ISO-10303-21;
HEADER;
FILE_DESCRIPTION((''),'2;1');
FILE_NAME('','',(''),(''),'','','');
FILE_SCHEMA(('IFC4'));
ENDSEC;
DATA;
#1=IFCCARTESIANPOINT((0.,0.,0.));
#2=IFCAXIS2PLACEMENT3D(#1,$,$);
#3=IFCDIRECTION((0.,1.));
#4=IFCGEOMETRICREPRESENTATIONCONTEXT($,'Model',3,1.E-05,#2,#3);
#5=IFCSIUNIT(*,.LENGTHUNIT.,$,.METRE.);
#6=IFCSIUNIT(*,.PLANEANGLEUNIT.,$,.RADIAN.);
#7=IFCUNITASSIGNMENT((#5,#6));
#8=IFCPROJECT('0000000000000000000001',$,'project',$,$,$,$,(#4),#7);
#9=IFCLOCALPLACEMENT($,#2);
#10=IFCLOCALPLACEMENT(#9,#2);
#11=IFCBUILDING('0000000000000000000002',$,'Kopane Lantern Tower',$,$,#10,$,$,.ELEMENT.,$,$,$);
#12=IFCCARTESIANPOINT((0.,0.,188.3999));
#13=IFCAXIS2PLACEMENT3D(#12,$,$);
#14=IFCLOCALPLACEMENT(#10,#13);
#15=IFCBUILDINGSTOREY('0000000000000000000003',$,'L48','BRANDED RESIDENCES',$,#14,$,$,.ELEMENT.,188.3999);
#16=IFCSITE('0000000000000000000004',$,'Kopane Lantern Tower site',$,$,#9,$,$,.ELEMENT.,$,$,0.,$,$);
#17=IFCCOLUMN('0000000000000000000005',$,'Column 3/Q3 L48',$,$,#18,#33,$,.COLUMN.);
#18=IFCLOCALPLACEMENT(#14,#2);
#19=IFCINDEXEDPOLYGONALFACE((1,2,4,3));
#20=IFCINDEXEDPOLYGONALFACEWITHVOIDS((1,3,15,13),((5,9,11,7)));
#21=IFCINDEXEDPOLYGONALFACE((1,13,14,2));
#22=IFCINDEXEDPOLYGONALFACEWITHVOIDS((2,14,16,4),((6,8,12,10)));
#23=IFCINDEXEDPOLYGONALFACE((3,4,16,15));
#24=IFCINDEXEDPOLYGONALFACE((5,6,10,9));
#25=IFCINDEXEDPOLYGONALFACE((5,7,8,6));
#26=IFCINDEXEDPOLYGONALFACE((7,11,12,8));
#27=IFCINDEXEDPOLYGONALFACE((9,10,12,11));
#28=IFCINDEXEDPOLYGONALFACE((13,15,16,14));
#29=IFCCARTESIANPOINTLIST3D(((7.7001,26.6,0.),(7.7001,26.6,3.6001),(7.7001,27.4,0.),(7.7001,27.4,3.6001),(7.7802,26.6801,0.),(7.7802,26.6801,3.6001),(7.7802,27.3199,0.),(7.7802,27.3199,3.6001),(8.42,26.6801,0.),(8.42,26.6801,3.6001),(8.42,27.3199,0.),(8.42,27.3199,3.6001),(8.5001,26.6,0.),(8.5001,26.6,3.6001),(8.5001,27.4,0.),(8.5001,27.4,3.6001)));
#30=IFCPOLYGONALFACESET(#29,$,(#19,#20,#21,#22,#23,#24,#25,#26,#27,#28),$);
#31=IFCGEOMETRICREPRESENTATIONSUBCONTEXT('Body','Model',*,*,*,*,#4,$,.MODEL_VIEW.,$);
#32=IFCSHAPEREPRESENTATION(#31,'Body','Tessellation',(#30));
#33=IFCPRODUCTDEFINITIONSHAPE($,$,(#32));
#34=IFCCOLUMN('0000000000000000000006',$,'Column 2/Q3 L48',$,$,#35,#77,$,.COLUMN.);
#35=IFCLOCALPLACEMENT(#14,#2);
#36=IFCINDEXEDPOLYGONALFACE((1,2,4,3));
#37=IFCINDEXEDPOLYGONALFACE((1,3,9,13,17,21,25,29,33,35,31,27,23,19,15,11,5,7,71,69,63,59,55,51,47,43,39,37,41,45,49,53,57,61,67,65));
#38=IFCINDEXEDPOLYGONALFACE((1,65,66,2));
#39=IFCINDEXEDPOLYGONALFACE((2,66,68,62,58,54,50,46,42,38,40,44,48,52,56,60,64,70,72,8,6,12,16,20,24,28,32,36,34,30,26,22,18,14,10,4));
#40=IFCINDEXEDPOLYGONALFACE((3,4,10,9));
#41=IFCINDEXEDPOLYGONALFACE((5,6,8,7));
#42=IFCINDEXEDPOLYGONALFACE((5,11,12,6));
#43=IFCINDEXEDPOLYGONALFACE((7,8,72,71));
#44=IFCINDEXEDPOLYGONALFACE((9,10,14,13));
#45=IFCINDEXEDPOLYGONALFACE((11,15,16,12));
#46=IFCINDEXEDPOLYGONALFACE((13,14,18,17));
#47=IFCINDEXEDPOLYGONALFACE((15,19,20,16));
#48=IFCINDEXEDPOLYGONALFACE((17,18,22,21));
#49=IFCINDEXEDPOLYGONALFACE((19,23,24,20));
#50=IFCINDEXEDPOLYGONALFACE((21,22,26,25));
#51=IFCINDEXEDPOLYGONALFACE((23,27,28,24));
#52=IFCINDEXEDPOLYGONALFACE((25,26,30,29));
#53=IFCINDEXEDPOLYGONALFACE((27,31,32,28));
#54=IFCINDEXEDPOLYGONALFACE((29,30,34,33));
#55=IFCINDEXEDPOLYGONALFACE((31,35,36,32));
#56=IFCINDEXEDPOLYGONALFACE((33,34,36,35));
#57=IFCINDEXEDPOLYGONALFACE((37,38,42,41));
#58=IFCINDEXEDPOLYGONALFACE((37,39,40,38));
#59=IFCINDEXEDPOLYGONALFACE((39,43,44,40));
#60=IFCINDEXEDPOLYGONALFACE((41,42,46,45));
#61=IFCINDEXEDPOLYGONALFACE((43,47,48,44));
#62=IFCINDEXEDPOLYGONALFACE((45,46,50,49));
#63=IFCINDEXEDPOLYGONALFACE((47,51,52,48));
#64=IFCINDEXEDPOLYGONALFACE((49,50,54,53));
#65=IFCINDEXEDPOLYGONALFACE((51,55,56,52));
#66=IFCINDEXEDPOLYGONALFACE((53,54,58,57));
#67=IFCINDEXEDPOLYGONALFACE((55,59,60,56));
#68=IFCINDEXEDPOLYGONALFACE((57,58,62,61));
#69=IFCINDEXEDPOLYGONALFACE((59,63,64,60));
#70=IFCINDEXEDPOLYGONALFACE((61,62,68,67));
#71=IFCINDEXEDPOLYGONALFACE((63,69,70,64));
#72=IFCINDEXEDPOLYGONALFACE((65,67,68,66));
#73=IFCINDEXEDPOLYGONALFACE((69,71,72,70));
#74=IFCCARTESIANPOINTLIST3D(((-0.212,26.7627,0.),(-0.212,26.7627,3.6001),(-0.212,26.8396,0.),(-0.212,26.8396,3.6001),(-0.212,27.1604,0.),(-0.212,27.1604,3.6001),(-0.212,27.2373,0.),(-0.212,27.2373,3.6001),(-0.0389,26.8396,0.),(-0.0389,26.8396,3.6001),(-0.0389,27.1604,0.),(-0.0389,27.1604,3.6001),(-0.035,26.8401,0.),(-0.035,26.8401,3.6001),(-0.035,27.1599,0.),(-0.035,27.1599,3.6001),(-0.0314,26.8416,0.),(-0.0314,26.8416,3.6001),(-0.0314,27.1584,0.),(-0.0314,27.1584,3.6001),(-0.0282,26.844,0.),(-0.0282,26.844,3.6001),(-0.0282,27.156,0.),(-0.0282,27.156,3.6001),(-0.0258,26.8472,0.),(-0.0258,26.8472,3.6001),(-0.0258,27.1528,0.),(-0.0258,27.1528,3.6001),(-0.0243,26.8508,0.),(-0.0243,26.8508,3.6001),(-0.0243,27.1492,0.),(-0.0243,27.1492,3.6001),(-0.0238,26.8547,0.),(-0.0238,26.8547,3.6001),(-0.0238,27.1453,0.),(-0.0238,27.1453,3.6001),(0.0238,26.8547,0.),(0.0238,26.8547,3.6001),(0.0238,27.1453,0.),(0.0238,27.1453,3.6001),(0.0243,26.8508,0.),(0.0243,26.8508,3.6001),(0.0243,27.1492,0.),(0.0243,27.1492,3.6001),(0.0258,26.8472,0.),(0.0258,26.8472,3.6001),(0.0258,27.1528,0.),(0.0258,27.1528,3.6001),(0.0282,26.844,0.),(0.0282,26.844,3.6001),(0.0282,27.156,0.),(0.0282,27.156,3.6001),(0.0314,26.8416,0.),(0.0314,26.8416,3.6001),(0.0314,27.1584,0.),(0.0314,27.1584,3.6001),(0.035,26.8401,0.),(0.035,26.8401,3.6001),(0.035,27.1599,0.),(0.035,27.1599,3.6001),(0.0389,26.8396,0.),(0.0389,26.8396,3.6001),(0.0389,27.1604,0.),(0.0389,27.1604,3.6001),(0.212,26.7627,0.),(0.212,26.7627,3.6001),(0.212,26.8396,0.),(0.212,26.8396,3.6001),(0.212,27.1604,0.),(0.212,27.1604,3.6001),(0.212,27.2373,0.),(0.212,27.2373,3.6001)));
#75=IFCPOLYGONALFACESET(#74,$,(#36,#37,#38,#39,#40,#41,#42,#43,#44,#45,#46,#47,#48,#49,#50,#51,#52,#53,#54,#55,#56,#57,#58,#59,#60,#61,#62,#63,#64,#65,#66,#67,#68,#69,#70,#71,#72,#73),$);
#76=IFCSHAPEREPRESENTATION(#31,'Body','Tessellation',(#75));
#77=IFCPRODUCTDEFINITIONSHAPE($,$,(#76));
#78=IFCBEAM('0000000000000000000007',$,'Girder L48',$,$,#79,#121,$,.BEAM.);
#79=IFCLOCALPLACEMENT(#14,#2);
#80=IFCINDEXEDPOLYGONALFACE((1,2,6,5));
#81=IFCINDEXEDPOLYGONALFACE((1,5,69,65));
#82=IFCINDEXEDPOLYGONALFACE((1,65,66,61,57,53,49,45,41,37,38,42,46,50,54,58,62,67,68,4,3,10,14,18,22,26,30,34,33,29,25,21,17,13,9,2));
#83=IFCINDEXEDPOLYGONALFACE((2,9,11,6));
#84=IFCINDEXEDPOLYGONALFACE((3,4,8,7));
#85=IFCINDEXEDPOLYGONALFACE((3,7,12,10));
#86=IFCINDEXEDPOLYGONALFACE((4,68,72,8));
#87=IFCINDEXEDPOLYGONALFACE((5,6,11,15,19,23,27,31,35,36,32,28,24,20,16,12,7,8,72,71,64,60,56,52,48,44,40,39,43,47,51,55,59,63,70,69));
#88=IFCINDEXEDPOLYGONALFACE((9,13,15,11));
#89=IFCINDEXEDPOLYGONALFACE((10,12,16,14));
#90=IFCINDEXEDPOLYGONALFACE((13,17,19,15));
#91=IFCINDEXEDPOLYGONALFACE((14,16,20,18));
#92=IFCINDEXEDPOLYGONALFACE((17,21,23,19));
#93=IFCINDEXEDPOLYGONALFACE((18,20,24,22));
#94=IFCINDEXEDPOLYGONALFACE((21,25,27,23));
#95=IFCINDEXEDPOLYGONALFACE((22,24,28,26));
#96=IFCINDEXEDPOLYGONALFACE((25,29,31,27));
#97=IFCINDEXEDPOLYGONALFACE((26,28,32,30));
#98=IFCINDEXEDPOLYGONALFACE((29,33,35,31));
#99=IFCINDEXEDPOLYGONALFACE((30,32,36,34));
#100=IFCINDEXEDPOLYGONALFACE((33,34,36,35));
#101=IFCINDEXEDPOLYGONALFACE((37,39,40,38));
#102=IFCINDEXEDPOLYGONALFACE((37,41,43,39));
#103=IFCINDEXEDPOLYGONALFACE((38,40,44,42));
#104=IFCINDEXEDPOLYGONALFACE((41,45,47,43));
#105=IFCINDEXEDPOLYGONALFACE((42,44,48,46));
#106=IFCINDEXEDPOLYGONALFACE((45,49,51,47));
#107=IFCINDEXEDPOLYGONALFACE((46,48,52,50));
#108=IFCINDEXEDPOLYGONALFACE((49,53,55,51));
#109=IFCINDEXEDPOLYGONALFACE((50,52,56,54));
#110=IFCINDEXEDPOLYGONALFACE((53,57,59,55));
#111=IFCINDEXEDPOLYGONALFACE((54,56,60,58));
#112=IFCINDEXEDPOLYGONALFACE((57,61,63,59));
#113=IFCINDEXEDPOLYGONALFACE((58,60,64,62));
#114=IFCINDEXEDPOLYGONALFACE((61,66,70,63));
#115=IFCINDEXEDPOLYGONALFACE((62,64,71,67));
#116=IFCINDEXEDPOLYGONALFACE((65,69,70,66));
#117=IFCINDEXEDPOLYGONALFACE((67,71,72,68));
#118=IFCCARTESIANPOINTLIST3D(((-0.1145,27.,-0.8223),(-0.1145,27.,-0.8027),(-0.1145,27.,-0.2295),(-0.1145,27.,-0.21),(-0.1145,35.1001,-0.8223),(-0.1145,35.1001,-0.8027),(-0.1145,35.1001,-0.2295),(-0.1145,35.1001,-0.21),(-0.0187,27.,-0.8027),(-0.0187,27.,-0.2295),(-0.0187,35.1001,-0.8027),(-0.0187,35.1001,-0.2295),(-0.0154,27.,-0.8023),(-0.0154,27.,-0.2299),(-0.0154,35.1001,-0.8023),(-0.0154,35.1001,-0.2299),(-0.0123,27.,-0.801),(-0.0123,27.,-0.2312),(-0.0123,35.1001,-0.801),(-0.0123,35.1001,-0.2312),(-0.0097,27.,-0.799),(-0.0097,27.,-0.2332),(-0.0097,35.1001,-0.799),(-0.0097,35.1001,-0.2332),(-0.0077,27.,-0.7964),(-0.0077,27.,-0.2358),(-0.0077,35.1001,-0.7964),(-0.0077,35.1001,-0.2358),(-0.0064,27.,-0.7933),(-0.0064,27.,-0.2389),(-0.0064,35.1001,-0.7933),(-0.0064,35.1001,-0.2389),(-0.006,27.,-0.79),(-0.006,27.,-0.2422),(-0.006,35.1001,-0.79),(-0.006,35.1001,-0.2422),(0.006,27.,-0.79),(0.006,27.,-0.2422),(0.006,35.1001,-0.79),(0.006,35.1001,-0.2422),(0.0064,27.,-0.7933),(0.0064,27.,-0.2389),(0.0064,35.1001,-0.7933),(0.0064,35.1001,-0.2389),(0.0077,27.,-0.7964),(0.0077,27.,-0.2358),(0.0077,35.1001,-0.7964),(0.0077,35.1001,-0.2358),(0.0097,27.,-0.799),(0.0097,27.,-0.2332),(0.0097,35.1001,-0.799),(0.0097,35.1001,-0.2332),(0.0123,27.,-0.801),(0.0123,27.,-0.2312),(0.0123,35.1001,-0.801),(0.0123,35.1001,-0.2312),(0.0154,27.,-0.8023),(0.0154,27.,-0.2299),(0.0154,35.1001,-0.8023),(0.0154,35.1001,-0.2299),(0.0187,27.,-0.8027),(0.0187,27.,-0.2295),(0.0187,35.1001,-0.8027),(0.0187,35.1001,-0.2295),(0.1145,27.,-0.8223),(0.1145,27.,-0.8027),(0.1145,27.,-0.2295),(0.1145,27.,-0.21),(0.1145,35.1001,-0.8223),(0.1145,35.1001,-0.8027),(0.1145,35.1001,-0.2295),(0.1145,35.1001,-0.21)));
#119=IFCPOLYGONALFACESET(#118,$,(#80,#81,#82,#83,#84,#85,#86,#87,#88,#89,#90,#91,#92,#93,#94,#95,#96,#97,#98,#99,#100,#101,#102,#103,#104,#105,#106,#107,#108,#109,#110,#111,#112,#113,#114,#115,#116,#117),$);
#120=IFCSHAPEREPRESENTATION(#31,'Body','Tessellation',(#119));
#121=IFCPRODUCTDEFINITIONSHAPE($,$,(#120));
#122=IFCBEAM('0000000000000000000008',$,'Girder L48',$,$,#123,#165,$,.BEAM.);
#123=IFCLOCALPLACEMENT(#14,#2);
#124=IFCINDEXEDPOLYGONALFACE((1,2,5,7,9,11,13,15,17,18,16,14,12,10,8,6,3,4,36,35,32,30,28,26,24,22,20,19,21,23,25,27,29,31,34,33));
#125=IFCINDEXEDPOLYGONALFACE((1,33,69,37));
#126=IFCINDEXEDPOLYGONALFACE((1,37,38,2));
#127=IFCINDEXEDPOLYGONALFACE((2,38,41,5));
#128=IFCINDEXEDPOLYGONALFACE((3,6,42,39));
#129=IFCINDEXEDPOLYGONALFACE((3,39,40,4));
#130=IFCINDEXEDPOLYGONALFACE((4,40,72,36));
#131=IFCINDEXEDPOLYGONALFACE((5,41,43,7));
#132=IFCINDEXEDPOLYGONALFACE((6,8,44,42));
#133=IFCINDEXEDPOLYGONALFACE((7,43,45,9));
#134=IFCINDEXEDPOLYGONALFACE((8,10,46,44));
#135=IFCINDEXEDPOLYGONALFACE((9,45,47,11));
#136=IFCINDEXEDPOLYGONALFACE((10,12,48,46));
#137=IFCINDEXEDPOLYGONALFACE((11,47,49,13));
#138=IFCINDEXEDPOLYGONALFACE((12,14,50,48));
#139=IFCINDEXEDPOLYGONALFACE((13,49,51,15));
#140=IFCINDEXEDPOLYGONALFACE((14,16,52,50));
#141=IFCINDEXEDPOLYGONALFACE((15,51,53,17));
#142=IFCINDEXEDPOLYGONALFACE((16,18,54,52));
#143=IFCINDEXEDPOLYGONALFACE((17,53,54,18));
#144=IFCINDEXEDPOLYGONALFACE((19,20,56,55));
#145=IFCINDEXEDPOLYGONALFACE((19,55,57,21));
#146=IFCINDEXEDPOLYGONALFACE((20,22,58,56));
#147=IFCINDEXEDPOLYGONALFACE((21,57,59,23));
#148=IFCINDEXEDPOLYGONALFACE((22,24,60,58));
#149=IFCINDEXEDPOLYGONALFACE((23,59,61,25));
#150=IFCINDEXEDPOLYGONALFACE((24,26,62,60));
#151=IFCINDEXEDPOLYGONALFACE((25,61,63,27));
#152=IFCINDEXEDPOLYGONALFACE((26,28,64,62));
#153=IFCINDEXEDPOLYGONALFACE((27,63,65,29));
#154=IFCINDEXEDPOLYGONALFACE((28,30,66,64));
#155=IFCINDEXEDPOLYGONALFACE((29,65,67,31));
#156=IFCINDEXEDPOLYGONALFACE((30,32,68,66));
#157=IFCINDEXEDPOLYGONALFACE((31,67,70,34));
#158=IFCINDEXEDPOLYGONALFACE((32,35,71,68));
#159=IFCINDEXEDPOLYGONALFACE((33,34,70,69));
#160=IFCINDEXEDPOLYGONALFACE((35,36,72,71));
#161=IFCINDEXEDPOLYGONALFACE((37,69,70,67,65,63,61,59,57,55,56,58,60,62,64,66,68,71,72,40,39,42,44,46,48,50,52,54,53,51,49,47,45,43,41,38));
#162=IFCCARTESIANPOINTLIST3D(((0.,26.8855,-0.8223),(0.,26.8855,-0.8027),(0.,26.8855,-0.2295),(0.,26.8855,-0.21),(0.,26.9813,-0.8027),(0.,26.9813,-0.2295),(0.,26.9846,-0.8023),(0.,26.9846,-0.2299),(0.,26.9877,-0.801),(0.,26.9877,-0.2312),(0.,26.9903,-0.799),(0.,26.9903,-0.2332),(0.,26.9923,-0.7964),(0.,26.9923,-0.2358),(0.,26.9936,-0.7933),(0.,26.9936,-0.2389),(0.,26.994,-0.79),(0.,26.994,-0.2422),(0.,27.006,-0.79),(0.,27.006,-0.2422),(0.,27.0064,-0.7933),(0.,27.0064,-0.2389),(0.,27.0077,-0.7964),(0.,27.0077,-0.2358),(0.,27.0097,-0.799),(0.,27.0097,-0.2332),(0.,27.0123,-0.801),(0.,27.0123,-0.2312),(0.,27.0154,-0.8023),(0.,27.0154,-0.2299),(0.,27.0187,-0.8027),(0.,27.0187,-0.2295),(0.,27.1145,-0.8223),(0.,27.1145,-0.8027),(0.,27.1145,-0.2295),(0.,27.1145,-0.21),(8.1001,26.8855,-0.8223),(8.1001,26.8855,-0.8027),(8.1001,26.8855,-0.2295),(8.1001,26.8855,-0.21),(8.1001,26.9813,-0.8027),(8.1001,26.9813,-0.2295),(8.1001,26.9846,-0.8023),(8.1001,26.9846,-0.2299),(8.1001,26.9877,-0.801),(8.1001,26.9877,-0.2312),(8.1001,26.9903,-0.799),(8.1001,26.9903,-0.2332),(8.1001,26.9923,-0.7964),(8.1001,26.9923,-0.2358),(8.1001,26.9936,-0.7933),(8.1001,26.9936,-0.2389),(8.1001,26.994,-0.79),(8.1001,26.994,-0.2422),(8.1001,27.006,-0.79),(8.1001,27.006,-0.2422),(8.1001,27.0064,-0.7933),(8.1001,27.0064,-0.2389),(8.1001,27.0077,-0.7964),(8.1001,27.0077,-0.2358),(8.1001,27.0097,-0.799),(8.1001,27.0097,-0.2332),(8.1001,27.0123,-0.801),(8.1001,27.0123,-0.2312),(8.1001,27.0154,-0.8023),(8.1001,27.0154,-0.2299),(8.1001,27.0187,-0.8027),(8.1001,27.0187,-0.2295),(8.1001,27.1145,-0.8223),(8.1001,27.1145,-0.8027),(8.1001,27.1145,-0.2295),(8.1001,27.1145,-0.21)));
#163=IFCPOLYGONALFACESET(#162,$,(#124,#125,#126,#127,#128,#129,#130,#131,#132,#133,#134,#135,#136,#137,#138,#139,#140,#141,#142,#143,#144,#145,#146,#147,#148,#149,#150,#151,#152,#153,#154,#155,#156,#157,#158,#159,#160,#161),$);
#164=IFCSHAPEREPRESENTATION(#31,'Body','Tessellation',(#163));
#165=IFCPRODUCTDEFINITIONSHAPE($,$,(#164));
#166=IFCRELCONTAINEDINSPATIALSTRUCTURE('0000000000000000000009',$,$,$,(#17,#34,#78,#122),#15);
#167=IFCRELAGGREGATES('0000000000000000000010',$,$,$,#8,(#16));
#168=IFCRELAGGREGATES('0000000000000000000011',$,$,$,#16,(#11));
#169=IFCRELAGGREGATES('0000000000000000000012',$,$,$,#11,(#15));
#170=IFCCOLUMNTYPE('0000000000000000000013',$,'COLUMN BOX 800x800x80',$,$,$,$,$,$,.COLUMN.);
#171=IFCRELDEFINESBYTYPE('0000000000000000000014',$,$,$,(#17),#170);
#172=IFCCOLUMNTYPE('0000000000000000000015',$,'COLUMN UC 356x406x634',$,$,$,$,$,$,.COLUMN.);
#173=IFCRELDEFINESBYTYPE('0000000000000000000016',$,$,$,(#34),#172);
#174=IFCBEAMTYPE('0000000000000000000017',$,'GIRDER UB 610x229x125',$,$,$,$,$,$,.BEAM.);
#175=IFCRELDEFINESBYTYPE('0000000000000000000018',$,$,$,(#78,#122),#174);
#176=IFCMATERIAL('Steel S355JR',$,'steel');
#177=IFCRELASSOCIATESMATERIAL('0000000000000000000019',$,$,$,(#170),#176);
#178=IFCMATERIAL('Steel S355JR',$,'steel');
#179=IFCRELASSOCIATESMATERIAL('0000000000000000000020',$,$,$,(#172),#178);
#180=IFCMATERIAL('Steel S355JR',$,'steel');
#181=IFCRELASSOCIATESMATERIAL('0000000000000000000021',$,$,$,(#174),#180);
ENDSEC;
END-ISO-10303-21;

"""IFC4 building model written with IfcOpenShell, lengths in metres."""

from ifc_helpers import new_model, si_unit, direction, frame, origin, origin_2d, place, context, subcontext, project, spatial, hollow_rectangle, i_section, extrude, material, material_profile, profile_set, type_object, element, save


model = new_model("IFC4")

# Units and contexts
model_context = context("Model", 3, precision=1e-05, world=origin(), true_north=direction((0.0, 1.0)))
body_context = subcontext(model_context, "Body", "Model", "MODEL_VIEW")
ifc_project = project(units=[si_unit("LENGTHUNIT", "METRE"), si_unit("PLANEANGLEUNIT", "RADIAN")], contexts=[model_context])

# Site, building, storey
site_placement = place(None, origin())
site = spatial("IfcSite", under=ifc_project, at=site_placement, Name="Kopane Lantern Tower site", CompositionType="ELEMENT", RefElevation=0.0)
building_placement = place(site_placement, origin())
building = spatial("IfcBuilding", under=site, at=building_placement, Name="Kopane Lantern Tower", CompositionType="ELEMENT")
storey_placement = place(building_placement, frame((0.0, 0.0, 188.3999)))
storey = spatial("IfcBuildingStorey", under=building, at=storey_placement, Name="L48", Description="BRANDED RESIDENCES", CompositionType="ELEMENT", Elevation=188.3999)

# Columns
ifc_material_1 = material(Name="Steel S355JR", Category="steel")
ifc_material_profile_1 = material_profile(ifc_material_1, hollow_rectangle(XDim=0.8, YDim=0.8, WallThickness=0.0801, at=origin_2d()), Name="BOX 800x800x80")
ifc_profile_set_1 = profile_set([ifc_material_profile_1], Name="Steel S355JR")
column_type_1 = type_object("IfcColumnType", Name="COLUMN BOX 800x800x80", PredefinedType="COLUMN", material=ifc_profile_set_1)
column_1_placement = place(storey_placement, frame((8.1001, 27.0, 0.0), z_axis=(0.0, 0.0, 1.0), x_axis=(1.0, 0.0, 0.0)))
element("IfcColumn", 1, at=column_1_placement, inside=storey, type_object=column_type_1, Name="Column 3/Q3 L48", PredefinedType="COLUMN", context=body_context, shape_type="SweptSolid", body=[
    extrude(hollow_rectangle(XDim=0.8, YDim=0.8, WallThickness=0.0801, at=origin_2d()), origin(), (0.0, 0.0, 1.0), 3.6001),
])
ifc_material_2 = material(Name="Steel S355JR", Category="steel")
ifc_material_profile_2 = material_profile(ifc_material_2, i_section(OverallWidth=0.4241, OverallDepth=0.4746, WebThickness=0.0476, FlangeThickness=0.0769, FilletRadius=0.0151, at=origin_2d()), Name="UC 356x406x634")
ifc_profile_set_2 = profile_set([ifc_material_profile_2], Name="Steel S355JR")
column_type_2 = type_object("IfcColumnType", Name="COLUMN UC 356x406x634", PredefinedType="COLUMN", material=ifc_profile_set_2)
column_2_placement = place(storey_placement, frame((0.0, 27.0, 0.0), z_axis=(0.0, 0.0, 1.0), x_axis=(1.0, 0.0, 0.0)))
element("IfcColumn", 2, at=column_2_placement, inside=storey, type_object=column_type_2, Name="Column 2/Q3 L48", PredefinedType="COLUMN", context=body_context, shape_type="SweptSolid", body=[
    extrude(i_section(OverallWidth=0.4241, OverallDepth=0.4746, WebThickness=0.0476, FlangeThickness=0.0769, FilletRadius=0.0151, at=origin_2d()), origin(), (0.0, 0.0, 1.0), 3.6001),
])

# Beams
ifc_material_3 = material(Name="Steel S355JR", Category="steel")
ifc_material_profile_3 = material_profile(ifc_material_3, i_section(OverallWidth=0.229, OverallDepth=0.6123, WebThickness=0.012, FlangeThickness=0.0195, FilletRadius=0.0127, at=origin_2d()), Name="UB 610x229x125")
ifc_profile_set_3 = profile_set([ifc_material_profile_3], Name="Steel S355JR")
beam_type = type_object("IfcBeamType", Name="GIRDER UB 610x229x125", PredefinedType="BEAM", material=ifc_profile_set_3)
for number, where, z_axis, x_axis, name in (
    (3, (0.0, 27.0, -0.5161), (0.0, 1.0, 0.0), (-1.0, 0.0, 0.0), "Girder L48"),
    (4, (0.0, 27.0, -0.5161), (1.0, 0.0, 0.0), (0.0, 1.0, 0.0), "Girder L48"),
):
    element("IfcBeam", number, at=place(storey_placement, frame(where, z_axis=z_axis, x_axis=x_axis)), inside=storey, type_object=beam_type, Name=name, PredefinedType="BEAM", context=body_context, shape_type="SweptSolid", body=[
        extrude(i_section(OverallWidth=0.229, OverallDepth=0.6123, WebThickness=0.012, FlangeThickness=0.0195, FilletRadius=0.0127, at=origin_2d()), origin(), (0.0, 0.0, 1.0), 8.1001),
    ])

save(model, "model.ifc")
